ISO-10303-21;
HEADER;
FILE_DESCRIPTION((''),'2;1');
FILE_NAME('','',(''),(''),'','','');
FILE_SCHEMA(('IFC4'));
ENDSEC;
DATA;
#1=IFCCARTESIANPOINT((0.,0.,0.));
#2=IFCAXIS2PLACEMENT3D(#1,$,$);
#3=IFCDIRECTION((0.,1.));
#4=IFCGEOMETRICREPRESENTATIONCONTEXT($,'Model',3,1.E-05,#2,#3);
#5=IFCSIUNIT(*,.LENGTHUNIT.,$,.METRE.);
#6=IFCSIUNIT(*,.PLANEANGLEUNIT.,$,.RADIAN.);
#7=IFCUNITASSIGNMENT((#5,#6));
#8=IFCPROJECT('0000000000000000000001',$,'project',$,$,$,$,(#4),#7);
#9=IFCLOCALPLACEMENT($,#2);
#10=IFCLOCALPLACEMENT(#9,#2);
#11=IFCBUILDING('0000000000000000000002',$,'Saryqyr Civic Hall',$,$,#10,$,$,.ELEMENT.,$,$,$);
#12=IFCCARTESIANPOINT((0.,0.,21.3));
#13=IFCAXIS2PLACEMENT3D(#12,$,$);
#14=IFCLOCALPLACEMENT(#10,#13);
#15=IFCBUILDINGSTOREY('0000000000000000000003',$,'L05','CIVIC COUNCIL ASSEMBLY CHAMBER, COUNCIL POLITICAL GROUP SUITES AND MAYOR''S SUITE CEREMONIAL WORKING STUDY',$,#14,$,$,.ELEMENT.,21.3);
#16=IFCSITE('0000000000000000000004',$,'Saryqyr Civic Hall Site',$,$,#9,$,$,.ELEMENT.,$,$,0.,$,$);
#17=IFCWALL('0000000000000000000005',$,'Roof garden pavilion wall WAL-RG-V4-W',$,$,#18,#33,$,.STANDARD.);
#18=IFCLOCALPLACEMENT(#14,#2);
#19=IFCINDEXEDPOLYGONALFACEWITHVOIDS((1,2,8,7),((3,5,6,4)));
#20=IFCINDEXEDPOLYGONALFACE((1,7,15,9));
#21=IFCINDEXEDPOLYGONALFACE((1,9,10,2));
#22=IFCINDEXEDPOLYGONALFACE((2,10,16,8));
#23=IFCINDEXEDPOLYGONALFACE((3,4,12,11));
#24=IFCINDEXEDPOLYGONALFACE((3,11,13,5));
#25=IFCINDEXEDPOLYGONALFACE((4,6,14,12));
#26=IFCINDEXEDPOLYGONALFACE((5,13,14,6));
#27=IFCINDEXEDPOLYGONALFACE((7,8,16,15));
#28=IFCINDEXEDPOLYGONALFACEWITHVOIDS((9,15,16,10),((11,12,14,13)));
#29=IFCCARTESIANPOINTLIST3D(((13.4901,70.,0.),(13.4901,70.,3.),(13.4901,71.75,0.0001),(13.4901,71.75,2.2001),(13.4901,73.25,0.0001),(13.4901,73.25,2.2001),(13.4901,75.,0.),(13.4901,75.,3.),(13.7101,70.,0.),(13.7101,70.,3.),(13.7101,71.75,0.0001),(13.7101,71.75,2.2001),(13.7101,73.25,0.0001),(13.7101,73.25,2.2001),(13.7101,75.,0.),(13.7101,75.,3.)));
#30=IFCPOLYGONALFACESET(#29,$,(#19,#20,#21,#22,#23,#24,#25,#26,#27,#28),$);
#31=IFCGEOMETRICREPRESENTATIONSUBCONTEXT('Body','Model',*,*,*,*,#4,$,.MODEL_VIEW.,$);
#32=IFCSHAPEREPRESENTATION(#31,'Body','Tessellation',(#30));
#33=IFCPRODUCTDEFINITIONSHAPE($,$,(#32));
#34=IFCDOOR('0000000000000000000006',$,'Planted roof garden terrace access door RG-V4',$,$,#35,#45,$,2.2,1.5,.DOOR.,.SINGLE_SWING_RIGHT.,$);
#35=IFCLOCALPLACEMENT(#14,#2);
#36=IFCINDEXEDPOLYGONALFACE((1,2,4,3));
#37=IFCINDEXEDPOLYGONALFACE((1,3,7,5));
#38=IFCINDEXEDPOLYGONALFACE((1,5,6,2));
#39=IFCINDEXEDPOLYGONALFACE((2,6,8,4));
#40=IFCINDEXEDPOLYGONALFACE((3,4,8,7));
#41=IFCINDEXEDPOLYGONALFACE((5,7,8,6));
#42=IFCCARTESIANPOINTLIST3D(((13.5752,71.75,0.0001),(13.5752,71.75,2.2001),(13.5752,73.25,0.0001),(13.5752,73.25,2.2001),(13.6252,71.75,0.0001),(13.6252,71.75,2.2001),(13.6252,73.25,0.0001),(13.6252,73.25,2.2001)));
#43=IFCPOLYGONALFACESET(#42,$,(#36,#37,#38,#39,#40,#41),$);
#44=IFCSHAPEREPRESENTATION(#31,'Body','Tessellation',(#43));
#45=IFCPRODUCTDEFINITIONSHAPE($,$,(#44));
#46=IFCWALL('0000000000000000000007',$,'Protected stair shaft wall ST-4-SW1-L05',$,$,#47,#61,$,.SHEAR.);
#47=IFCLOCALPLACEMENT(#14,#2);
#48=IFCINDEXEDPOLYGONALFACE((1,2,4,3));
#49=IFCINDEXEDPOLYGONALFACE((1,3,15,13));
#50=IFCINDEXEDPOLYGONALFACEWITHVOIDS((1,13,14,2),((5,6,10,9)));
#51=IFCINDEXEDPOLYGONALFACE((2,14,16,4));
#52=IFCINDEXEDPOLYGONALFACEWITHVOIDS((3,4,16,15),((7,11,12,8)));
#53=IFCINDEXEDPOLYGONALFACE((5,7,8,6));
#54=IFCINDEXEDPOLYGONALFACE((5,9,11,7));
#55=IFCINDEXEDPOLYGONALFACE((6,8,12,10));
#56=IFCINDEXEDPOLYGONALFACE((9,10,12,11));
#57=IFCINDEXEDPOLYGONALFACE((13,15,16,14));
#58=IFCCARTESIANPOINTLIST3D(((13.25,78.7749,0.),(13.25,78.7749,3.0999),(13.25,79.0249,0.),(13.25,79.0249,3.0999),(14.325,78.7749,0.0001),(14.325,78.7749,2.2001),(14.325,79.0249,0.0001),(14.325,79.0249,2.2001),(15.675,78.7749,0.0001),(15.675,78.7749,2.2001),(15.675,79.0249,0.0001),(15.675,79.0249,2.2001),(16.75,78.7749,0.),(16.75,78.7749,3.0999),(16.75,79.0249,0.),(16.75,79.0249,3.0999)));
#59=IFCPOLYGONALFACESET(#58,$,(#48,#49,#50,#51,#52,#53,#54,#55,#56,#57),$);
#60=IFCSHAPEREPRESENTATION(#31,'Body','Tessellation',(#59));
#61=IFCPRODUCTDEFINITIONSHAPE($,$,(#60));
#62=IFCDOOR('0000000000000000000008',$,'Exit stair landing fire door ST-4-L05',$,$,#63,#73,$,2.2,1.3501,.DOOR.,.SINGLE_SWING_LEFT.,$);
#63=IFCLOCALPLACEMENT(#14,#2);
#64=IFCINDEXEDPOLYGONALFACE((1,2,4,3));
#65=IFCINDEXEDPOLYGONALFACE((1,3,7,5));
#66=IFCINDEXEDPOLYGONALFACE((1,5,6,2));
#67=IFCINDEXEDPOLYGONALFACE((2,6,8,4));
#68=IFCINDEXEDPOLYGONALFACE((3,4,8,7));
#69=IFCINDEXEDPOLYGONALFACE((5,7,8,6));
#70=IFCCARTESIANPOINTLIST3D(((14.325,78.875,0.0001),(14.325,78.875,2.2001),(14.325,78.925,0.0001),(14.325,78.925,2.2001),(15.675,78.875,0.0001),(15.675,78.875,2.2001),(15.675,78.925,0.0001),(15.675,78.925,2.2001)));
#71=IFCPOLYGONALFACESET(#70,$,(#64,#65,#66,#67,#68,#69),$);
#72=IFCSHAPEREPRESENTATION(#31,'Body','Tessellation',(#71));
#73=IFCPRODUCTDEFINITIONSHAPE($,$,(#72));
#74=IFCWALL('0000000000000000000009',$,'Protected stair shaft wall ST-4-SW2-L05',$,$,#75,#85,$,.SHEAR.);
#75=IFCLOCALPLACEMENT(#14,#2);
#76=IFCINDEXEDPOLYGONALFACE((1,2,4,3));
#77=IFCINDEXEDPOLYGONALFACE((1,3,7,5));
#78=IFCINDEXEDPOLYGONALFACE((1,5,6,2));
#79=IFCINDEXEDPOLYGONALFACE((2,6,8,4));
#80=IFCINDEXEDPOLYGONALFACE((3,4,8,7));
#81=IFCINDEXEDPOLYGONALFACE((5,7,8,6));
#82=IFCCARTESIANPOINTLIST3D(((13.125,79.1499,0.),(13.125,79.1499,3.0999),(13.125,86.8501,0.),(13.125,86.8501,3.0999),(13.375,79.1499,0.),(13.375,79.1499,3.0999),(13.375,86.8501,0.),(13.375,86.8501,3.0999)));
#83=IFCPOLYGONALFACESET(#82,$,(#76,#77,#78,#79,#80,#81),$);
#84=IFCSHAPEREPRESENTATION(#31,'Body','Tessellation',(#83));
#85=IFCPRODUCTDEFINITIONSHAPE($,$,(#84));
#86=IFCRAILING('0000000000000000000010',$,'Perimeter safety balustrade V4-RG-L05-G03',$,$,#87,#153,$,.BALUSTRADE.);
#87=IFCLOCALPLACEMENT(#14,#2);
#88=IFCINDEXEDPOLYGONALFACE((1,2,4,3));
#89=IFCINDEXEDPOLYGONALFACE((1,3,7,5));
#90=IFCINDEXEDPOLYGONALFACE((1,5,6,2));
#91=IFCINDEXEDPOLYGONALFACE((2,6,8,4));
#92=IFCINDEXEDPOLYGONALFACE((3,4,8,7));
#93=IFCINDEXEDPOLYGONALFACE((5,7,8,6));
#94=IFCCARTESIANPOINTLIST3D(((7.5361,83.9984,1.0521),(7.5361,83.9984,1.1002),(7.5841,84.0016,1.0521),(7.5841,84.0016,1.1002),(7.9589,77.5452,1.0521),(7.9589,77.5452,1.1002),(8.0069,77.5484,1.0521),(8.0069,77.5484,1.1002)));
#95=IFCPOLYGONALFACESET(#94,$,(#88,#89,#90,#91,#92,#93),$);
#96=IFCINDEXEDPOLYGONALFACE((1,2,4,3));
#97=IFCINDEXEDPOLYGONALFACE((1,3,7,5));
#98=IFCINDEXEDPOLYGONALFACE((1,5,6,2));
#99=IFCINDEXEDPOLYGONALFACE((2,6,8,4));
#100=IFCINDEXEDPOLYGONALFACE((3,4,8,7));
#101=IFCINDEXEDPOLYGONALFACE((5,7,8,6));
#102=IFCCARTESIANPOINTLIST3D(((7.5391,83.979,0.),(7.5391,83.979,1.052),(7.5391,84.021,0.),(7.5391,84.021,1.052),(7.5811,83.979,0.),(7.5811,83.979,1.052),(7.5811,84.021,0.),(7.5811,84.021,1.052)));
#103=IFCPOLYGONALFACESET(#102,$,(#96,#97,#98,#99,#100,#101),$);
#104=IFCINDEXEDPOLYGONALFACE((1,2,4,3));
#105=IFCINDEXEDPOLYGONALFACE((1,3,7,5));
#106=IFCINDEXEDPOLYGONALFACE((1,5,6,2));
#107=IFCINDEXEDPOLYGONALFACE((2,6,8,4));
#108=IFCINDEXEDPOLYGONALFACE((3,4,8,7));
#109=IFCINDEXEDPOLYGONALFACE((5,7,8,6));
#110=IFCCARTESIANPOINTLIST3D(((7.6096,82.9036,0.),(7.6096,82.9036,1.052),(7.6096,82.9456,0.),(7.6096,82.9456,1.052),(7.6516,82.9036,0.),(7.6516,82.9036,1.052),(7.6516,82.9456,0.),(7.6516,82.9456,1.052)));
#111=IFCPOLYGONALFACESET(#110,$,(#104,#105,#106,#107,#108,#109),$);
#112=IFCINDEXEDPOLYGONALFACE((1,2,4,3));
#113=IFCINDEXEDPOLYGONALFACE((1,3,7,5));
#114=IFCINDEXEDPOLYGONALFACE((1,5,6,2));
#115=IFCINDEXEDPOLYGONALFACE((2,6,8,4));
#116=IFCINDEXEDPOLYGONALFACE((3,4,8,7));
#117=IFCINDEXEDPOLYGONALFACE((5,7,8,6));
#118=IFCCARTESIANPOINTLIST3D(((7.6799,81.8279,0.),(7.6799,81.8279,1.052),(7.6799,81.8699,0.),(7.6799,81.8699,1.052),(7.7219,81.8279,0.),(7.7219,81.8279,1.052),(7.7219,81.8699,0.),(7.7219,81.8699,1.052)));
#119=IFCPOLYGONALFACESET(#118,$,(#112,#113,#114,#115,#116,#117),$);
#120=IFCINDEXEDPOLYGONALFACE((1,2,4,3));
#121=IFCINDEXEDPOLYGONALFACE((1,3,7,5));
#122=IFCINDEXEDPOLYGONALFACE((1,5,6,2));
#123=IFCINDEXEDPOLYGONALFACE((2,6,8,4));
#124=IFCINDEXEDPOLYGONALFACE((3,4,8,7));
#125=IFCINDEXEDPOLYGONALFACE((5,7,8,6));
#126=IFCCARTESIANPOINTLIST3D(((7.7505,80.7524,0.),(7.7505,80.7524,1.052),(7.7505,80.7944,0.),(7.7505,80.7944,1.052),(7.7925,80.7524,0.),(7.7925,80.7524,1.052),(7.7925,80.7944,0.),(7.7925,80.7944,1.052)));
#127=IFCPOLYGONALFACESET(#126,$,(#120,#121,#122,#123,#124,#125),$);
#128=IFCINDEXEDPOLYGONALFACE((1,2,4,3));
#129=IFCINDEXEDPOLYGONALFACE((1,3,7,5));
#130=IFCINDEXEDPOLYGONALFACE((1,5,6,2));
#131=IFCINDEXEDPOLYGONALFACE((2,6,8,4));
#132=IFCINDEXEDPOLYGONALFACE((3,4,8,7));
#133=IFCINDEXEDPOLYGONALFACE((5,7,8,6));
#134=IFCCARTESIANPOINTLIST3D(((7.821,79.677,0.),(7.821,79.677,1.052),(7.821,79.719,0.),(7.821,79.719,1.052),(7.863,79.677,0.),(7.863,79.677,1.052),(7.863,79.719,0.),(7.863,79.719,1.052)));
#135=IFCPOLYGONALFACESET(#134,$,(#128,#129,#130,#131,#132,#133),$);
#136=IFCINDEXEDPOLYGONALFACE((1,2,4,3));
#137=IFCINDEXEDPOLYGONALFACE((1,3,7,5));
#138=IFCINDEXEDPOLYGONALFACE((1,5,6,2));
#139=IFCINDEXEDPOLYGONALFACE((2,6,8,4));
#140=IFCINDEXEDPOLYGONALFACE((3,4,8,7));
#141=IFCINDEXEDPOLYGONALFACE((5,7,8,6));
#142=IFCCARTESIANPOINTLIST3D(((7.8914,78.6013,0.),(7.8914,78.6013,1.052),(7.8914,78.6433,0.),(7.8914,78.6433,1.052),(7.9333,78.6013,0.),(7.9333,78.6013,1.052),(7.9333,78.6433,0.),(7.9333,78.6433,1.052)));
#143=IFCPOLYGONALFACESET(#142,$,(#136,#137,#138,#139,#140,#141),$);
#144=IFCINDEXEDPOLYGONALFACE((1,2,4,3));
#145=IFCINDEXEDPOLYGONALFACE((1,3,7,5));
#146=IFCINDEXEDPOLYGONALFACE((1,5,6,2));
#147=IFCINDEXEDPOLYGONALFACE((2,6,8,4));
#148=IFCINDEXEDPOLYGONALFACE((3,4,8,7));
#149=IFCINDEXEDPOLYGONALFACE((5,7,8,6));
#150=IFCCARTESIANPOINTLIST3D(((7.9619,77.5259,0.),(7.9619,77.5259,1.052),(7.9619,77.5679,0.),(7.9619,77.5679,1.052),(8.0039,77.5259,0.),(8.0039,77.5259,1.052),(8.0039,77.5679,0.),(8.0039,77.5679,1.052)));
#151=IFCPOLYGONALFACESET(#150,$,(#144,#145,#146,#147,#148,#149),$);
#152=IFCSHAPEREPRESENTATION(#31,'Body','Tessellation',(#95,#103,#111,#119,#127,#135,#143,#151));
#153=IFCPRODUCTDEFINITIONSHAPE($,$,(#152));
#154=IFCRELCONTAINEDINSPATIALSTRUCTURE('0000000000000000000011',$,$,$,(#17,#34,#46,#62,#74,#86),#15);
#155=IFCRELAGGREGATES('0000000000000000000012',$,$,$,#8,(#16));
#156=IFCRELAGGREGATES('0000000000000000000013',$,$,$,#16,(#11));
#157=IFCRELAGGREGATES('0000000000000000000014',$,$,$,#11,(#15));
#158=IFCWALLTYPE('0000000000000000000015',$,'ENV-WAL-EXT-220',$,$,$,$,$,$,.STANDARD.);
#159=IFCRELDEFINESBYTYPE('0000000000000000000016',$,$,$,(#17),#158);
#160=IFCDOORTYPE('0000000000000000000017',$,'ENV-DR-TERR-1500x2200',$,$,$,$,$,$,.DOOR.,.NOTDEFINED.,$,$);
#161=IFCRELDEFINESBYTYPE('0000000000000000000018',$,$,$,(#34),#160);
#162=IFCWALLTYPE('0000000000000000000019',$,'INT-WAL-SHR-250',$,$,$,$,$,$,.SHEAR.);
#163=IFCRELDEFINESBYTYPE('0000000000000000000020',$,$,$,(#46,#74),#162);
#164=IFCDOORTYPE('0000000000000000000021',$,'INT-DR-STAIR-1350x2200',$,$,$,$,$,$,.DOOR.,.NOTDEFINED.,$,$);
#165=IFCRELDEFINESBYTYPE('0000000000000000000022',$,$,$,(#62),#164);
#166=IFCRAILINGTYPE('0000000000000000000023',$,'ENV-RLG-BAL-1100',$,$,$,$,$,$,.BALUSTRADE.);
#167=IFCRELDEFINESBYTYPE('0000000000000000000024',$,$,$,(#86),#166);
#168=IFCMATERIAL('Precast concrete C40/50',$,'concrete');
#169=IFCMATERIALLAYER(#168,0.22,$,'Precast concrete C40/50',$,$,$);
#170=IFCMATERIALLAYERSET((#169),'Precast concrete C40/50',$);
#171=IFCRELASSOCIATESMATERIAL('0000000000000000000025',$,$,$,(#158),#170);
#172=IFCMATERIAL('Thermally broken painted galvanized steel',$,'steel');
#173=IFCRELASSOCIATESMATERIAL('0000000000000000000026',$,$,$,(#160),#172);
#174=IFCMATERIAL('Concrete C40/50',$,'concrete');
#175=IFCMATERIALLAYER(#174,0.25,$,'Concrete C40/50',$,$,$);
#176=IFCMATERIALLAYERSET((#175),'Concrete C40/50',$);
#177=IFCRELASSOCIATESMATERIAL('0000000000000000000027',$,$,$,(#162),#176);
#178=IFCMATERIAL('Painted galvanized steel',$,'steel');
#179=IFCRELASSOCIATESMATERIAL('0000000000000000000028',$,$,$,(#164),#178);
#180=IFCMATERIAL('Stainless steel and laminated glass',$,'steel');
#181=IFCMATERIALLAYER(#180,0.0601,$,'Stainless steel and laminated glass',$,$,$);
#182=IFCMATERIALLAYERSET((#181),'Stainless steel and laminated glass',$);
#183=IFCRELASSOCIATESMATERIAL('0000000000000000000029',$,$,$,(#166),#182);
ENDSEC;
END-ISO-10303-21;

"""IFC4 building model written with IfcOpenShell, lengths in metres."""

from ifc_helpers import new_model, si_unit, direction, frame, frame_2d, origin, origin_2d, place, context, subcontext, project, spatial, rectangle, extrude, material, layer, layer_set, type_object, element, fill, save


model = new_model("IFC4")

# Units and contexts
model_context = context("Model", 3, precision=1e-05, world=origin(), true_north=direction((0.0, 1.0)))
body_context = subcontext(model_context, "Body", "Model", "MODEL_VIEW")
ifc_project = project(units=[si_unit("LENGTHUNIT", "METRE"), si_unit("PLANEANGLEUNIT", "RADIAN")], contexts=[model_context])

# Site, building, storey
site_placement = place(None, origin())
site = spatial("IfcSite", under=ifc_project, at=site_placement, Name="Saryqyr Civic Hall Site", CompositionType="ELEMENT", RefElevation=0.0)
building_placement = place(site_placement, origin())
building = spatial("IfcBuilding", under=site, at=building_placement, Name="Saryqyr Civic Hall", CompositionType="ELEMENT")
storey_placement = place(building_placement, frame((0.0, 0.0, 21.3)))
storey = spatial("IfcBuildingStorey", under=building, at=storey_placement, Name="L05", Description="CIVIC COUNCIL ASSEMBLY CHAMBER, COUNCIL POLITICAL GROUP SUITES AND MAYOR'S SUITE CEREMONIAL WORKING STUDY", CompositionType="ELEMENT", Elevation=21.3)

# Shared definitions
ifc_material_1 = material(Name="Concrete C40/50", Category="concrete")

# Shared definitions
ifc_material_2 = material(Name="Precast concrete C40/50", Category="concrete")
ifc_layer_1 = layer(ifc_material_2, 0.22, Name="Precast concrete C40/50")
ifc_layer_set_1 = layer_set([ifc_layer_1], Name="Precast concrete C40/50")
wall_type_1 = type_object("IfcWallType", Name="ENV-WAL-EXT-220", PredefinedType="STANDARD", material=ifc_layer_set_1)
ifc_material_3 = material(Name="Thermally broken painted galvanized steel", Category="steel")
door_type_1 = type_object("IfcDoorType", Name="ENV-DR-TERR-1500x2200", OperationType="NOTDEFINED", PredefinedType="DOOR", material=ifc_material_3)

# Walls, openings, doors
wall_1_placement = place(storey_placement, frame((13.6001, 70.0, 0.0), z_axis=(0.0, 0.0, 1.0), x_axis=(0.0, 1.0, 0.0)))
wall_1 = element("IfcWall", 1, at=wall_1_placement, inside=storey, type_object=wall_type_1, Name="Roof garden pavilion wall WAL-RG-V4-W", PredefinedType="STANDARD", context=body_context, shape_type="SweptSolid", body=[
    extrude(rectangle(XDim=5.0, YDim=0.22, at=frame_2d((2.5, 0.0))), origin(), (0.0, 0.0, 1.0), 3.0),
])
opening_1_placement = place(wall_1_placement, frame((1.75, 0.0, 0.0)))
opening_1 = element("IfcOpeningElement", 2, at=opening_1_placement, cuts=wall_1, PredefinedType="OPENING", context=body_context, shape_type="SweptSolid", body=[
    extrude(rectangle(XDim=1.5, YDim=2.2, at=frame_2d((0.75, 1.1001))), frame((0.0, 0.1199, 0.0), z_axis=(0.0, -1.0, 0.0), x_axis=(1.0, 0.0, 0.0)), (0.0, 0.0, 1.0), 0.24),
])
door_1_placement = place(opening_1_placement, origin())
door_1 = element("IfcDoor", 3, at=door_1_placement, inside=storey, type_object=door_type_1, Name="Planted roof garden terrace access door RG-V4", OperationType="SINGLE_SWING_RIGHT", OverallHeight=2.2, OverallWidth=1.5, PredefinedType="DOOR", context=body_context, shape_type="SweptSolid", body=[
    extrude(rectangle(XDim=1.5, YDim=2.2, at=frame_2d((0.75, 1.1001))), frame((0.0, 0.0249, 0.0), z_axis=(0.0, -1.0, 0.0), x_axis=(1.0, 0.0, 0.0)), (0.0, 0.0, 1.0), 0.05),
])
fill(opening_1, door_1)
ifc_layer_2 = layer(ifc_material_1, 0.25, Name="Concrete C40/50")
ifc_layer_set_2 = layer_set([ifc_layer_2], Name="Concrete C40/50")
wall_type_2 = type_object("IfcWallType", Name="INT-WAL-SHR-250", PredefinedType="SHEAR", material=ifc_layer_set_2)
wall_2_placement = place(storey_placement, frame((16.75, 78.8999, 0.0), z_axis=(0.0, 0.0, 1.0), x_axis=(-1.0, 0.0, 0.0)))
wall_2 = element("IfcWall", 4, at=wall_2_placement, inside=storey, type_object=wall_type_2, Name="Protected stair shaft wall ST-4-SW1-L05", PredefinedType="SHEAR", context=body_context, shape_type="SweptSolid", body=[
    extrude(rectangle(XDim=3.5, YDim=0.25, at=frame_2d((1.75, 0.0))), origin(), (0.0, 0.0, 1.0), 3.0999),
])
opening_2_placement = place(wall_2_placement, frame((1.075, 0.0, 0.0)))
opening_2 = element("IfcOpeningElement", 5, at=opening_2_placement, cuts=wall_2, PredefinedType="OPENING", context=body_context, shape_type="SweptSolid", body=[
    extrude(rectangle(XDim=1.3501, YDim=2.2, at=frame_2d((0.675, 1.1001))), frame((0.0, 0.135, 0.0), z_axis=(0.0, -1.0, 0.0), x_axis=(1.0, 0.0, 0.0)), (0.0, 0.0, 1.0), 0.27),
])
ifc_material_4 = material(Name="Painted galvanized steel", Category="steel")
door_type_2 = type_object("IfcDoorType", Name="INT-DR-STAIR-1350x2200", OperationType="NOTDEFINED", PredefinedType="DOOR", material=ifc_material_4)
door_2_placement = place(opening_2_placement, origin())
door_2 = element("IfcDoor", 6, at=door_2_placement, inside=storey, type_object=door_type_2, Name="Exit stair landing fire door ST-4-L05", OperationType="SINGLE_SWING_LEFT", OverallHeight=2.2, OverallWidth=1.3501, PredefinedType="DOOR", context=body_context, shape_type="SweptSolid", body=[
    extrude(rectangle(XDim=1.3501, YDim=2.2, at=frame_2d((0.675, 1.1001))), frame((0.0, 0.0249, 0.0), z_axis=(0.0, -1.0, 0.0), x_axis=(1.0, 0.0, 0.0)), (0.0, 0.0, 1.0), 0.05),
])
fill(opening_2, door_2)

# Wall
wall_3_placement = place(storey_placement, frame((13.25, 79.1499, 0.0), z_axis=(0.0, 0.0, 1.0), x_axis=(0.0, 1.0, 0.0)))
element("IfcWall", 7, at=wall_3_placement, inside=storey, type_object=wall_type_2, Name="Protected stair shaft wall ST-4-SW2-L05", PredefinedType="SHEAR", context=body_context, shape_type="SweptSolid", body=[
    extrude(rectangle(XDim=7.7002, YDim=0.25, at=frame_2d((3.8501, 0.0))), origin(), (0.0, 0.0, 1.0), 3.0999),
])

# Railing
ifc_material_5 = material(Name="Stainless steel and laminated glass", Category="steel")
ifc_layer_3 = layer(ifc_material_5, 0.0601, Name="Stainless steel and laminated glass")
ifc_layer_set_3 = layer_set([ifc_layer_3], Name="Stainless steel and laminated glass")
railing_type_1 = type_object("IfcRailingType", Name="ENV-RLG-BAL-1100", PredefinedType="BALUSTRADE", material=ifc_layer_set_3)
railing_1_placement = place(storey_placement, frame((7.5601, 84.0, 0.0)))
element("IfcRailing", 8, at=railing_1_placement, inside=storey, type_object=railing_type_1, Name="Perimeter safety balustrade V4-RG-L05-G03", PredefinedType="BALUSTRADE", context=body_context, shape_type="SweptSolid", body=[
    extrude(rectangle(XDim=0.0481, YDim=0.0481, at=origin_2d()), frame((0.0, 0.0, 1.0762), z_axis=(0.065386, -0.99786, 0.0), x_axis=(0.99786, 0.065386, 0.0)), (0.0, 0.0, 1.0), 6.467),
    extrude(rectangle(XDim=0.042, YDim=0.042, at=origin_2d()), origin(), (0.0, 0.0, 1.0), 1.052),
    extrude(rectangle(XDim=0.042, YDim=0.042, at=origin_2d()), frame((0.0706, -1.0754, 0.0)), (0.0, 0.0, 1.0), 1.052),
    extrude(rectangle(XDim=0.042, YDim=0.042, at=origin_2d()), frame((0.1409, -2.1511, 0.0)), (0.0, 0.0, 1.0), 1.052),
    extrude(rectangle(XDim=0.042, YDim=0.042, at=origin_2d()), frame((0.2114, -3.2266, 0.0)), (0.0, 0.0, 1.0), 1.052),
    extrude(rectangle(XDim=0.042, YDim=0.042, at=origin_2d()), frame((0.282, -4.302, 0.0)), (0.0, 0.0, 1.0), 1.052),
    extrude(rectangle(XDim=0.042, YDim=0.042, at=origin_2d()), frame((0.3523, -5.3777, 0.0)), (0.0, 0.0, 1.0), 1.052),
    extrude(rectangle(XDim=0.042, YDim=0.042, at=origin_2d()), frame((0.4229, -6.4531, 0.0)), (0.0, 0.0, 1.0), 1.052),
])

save(model, "model.ifc")
